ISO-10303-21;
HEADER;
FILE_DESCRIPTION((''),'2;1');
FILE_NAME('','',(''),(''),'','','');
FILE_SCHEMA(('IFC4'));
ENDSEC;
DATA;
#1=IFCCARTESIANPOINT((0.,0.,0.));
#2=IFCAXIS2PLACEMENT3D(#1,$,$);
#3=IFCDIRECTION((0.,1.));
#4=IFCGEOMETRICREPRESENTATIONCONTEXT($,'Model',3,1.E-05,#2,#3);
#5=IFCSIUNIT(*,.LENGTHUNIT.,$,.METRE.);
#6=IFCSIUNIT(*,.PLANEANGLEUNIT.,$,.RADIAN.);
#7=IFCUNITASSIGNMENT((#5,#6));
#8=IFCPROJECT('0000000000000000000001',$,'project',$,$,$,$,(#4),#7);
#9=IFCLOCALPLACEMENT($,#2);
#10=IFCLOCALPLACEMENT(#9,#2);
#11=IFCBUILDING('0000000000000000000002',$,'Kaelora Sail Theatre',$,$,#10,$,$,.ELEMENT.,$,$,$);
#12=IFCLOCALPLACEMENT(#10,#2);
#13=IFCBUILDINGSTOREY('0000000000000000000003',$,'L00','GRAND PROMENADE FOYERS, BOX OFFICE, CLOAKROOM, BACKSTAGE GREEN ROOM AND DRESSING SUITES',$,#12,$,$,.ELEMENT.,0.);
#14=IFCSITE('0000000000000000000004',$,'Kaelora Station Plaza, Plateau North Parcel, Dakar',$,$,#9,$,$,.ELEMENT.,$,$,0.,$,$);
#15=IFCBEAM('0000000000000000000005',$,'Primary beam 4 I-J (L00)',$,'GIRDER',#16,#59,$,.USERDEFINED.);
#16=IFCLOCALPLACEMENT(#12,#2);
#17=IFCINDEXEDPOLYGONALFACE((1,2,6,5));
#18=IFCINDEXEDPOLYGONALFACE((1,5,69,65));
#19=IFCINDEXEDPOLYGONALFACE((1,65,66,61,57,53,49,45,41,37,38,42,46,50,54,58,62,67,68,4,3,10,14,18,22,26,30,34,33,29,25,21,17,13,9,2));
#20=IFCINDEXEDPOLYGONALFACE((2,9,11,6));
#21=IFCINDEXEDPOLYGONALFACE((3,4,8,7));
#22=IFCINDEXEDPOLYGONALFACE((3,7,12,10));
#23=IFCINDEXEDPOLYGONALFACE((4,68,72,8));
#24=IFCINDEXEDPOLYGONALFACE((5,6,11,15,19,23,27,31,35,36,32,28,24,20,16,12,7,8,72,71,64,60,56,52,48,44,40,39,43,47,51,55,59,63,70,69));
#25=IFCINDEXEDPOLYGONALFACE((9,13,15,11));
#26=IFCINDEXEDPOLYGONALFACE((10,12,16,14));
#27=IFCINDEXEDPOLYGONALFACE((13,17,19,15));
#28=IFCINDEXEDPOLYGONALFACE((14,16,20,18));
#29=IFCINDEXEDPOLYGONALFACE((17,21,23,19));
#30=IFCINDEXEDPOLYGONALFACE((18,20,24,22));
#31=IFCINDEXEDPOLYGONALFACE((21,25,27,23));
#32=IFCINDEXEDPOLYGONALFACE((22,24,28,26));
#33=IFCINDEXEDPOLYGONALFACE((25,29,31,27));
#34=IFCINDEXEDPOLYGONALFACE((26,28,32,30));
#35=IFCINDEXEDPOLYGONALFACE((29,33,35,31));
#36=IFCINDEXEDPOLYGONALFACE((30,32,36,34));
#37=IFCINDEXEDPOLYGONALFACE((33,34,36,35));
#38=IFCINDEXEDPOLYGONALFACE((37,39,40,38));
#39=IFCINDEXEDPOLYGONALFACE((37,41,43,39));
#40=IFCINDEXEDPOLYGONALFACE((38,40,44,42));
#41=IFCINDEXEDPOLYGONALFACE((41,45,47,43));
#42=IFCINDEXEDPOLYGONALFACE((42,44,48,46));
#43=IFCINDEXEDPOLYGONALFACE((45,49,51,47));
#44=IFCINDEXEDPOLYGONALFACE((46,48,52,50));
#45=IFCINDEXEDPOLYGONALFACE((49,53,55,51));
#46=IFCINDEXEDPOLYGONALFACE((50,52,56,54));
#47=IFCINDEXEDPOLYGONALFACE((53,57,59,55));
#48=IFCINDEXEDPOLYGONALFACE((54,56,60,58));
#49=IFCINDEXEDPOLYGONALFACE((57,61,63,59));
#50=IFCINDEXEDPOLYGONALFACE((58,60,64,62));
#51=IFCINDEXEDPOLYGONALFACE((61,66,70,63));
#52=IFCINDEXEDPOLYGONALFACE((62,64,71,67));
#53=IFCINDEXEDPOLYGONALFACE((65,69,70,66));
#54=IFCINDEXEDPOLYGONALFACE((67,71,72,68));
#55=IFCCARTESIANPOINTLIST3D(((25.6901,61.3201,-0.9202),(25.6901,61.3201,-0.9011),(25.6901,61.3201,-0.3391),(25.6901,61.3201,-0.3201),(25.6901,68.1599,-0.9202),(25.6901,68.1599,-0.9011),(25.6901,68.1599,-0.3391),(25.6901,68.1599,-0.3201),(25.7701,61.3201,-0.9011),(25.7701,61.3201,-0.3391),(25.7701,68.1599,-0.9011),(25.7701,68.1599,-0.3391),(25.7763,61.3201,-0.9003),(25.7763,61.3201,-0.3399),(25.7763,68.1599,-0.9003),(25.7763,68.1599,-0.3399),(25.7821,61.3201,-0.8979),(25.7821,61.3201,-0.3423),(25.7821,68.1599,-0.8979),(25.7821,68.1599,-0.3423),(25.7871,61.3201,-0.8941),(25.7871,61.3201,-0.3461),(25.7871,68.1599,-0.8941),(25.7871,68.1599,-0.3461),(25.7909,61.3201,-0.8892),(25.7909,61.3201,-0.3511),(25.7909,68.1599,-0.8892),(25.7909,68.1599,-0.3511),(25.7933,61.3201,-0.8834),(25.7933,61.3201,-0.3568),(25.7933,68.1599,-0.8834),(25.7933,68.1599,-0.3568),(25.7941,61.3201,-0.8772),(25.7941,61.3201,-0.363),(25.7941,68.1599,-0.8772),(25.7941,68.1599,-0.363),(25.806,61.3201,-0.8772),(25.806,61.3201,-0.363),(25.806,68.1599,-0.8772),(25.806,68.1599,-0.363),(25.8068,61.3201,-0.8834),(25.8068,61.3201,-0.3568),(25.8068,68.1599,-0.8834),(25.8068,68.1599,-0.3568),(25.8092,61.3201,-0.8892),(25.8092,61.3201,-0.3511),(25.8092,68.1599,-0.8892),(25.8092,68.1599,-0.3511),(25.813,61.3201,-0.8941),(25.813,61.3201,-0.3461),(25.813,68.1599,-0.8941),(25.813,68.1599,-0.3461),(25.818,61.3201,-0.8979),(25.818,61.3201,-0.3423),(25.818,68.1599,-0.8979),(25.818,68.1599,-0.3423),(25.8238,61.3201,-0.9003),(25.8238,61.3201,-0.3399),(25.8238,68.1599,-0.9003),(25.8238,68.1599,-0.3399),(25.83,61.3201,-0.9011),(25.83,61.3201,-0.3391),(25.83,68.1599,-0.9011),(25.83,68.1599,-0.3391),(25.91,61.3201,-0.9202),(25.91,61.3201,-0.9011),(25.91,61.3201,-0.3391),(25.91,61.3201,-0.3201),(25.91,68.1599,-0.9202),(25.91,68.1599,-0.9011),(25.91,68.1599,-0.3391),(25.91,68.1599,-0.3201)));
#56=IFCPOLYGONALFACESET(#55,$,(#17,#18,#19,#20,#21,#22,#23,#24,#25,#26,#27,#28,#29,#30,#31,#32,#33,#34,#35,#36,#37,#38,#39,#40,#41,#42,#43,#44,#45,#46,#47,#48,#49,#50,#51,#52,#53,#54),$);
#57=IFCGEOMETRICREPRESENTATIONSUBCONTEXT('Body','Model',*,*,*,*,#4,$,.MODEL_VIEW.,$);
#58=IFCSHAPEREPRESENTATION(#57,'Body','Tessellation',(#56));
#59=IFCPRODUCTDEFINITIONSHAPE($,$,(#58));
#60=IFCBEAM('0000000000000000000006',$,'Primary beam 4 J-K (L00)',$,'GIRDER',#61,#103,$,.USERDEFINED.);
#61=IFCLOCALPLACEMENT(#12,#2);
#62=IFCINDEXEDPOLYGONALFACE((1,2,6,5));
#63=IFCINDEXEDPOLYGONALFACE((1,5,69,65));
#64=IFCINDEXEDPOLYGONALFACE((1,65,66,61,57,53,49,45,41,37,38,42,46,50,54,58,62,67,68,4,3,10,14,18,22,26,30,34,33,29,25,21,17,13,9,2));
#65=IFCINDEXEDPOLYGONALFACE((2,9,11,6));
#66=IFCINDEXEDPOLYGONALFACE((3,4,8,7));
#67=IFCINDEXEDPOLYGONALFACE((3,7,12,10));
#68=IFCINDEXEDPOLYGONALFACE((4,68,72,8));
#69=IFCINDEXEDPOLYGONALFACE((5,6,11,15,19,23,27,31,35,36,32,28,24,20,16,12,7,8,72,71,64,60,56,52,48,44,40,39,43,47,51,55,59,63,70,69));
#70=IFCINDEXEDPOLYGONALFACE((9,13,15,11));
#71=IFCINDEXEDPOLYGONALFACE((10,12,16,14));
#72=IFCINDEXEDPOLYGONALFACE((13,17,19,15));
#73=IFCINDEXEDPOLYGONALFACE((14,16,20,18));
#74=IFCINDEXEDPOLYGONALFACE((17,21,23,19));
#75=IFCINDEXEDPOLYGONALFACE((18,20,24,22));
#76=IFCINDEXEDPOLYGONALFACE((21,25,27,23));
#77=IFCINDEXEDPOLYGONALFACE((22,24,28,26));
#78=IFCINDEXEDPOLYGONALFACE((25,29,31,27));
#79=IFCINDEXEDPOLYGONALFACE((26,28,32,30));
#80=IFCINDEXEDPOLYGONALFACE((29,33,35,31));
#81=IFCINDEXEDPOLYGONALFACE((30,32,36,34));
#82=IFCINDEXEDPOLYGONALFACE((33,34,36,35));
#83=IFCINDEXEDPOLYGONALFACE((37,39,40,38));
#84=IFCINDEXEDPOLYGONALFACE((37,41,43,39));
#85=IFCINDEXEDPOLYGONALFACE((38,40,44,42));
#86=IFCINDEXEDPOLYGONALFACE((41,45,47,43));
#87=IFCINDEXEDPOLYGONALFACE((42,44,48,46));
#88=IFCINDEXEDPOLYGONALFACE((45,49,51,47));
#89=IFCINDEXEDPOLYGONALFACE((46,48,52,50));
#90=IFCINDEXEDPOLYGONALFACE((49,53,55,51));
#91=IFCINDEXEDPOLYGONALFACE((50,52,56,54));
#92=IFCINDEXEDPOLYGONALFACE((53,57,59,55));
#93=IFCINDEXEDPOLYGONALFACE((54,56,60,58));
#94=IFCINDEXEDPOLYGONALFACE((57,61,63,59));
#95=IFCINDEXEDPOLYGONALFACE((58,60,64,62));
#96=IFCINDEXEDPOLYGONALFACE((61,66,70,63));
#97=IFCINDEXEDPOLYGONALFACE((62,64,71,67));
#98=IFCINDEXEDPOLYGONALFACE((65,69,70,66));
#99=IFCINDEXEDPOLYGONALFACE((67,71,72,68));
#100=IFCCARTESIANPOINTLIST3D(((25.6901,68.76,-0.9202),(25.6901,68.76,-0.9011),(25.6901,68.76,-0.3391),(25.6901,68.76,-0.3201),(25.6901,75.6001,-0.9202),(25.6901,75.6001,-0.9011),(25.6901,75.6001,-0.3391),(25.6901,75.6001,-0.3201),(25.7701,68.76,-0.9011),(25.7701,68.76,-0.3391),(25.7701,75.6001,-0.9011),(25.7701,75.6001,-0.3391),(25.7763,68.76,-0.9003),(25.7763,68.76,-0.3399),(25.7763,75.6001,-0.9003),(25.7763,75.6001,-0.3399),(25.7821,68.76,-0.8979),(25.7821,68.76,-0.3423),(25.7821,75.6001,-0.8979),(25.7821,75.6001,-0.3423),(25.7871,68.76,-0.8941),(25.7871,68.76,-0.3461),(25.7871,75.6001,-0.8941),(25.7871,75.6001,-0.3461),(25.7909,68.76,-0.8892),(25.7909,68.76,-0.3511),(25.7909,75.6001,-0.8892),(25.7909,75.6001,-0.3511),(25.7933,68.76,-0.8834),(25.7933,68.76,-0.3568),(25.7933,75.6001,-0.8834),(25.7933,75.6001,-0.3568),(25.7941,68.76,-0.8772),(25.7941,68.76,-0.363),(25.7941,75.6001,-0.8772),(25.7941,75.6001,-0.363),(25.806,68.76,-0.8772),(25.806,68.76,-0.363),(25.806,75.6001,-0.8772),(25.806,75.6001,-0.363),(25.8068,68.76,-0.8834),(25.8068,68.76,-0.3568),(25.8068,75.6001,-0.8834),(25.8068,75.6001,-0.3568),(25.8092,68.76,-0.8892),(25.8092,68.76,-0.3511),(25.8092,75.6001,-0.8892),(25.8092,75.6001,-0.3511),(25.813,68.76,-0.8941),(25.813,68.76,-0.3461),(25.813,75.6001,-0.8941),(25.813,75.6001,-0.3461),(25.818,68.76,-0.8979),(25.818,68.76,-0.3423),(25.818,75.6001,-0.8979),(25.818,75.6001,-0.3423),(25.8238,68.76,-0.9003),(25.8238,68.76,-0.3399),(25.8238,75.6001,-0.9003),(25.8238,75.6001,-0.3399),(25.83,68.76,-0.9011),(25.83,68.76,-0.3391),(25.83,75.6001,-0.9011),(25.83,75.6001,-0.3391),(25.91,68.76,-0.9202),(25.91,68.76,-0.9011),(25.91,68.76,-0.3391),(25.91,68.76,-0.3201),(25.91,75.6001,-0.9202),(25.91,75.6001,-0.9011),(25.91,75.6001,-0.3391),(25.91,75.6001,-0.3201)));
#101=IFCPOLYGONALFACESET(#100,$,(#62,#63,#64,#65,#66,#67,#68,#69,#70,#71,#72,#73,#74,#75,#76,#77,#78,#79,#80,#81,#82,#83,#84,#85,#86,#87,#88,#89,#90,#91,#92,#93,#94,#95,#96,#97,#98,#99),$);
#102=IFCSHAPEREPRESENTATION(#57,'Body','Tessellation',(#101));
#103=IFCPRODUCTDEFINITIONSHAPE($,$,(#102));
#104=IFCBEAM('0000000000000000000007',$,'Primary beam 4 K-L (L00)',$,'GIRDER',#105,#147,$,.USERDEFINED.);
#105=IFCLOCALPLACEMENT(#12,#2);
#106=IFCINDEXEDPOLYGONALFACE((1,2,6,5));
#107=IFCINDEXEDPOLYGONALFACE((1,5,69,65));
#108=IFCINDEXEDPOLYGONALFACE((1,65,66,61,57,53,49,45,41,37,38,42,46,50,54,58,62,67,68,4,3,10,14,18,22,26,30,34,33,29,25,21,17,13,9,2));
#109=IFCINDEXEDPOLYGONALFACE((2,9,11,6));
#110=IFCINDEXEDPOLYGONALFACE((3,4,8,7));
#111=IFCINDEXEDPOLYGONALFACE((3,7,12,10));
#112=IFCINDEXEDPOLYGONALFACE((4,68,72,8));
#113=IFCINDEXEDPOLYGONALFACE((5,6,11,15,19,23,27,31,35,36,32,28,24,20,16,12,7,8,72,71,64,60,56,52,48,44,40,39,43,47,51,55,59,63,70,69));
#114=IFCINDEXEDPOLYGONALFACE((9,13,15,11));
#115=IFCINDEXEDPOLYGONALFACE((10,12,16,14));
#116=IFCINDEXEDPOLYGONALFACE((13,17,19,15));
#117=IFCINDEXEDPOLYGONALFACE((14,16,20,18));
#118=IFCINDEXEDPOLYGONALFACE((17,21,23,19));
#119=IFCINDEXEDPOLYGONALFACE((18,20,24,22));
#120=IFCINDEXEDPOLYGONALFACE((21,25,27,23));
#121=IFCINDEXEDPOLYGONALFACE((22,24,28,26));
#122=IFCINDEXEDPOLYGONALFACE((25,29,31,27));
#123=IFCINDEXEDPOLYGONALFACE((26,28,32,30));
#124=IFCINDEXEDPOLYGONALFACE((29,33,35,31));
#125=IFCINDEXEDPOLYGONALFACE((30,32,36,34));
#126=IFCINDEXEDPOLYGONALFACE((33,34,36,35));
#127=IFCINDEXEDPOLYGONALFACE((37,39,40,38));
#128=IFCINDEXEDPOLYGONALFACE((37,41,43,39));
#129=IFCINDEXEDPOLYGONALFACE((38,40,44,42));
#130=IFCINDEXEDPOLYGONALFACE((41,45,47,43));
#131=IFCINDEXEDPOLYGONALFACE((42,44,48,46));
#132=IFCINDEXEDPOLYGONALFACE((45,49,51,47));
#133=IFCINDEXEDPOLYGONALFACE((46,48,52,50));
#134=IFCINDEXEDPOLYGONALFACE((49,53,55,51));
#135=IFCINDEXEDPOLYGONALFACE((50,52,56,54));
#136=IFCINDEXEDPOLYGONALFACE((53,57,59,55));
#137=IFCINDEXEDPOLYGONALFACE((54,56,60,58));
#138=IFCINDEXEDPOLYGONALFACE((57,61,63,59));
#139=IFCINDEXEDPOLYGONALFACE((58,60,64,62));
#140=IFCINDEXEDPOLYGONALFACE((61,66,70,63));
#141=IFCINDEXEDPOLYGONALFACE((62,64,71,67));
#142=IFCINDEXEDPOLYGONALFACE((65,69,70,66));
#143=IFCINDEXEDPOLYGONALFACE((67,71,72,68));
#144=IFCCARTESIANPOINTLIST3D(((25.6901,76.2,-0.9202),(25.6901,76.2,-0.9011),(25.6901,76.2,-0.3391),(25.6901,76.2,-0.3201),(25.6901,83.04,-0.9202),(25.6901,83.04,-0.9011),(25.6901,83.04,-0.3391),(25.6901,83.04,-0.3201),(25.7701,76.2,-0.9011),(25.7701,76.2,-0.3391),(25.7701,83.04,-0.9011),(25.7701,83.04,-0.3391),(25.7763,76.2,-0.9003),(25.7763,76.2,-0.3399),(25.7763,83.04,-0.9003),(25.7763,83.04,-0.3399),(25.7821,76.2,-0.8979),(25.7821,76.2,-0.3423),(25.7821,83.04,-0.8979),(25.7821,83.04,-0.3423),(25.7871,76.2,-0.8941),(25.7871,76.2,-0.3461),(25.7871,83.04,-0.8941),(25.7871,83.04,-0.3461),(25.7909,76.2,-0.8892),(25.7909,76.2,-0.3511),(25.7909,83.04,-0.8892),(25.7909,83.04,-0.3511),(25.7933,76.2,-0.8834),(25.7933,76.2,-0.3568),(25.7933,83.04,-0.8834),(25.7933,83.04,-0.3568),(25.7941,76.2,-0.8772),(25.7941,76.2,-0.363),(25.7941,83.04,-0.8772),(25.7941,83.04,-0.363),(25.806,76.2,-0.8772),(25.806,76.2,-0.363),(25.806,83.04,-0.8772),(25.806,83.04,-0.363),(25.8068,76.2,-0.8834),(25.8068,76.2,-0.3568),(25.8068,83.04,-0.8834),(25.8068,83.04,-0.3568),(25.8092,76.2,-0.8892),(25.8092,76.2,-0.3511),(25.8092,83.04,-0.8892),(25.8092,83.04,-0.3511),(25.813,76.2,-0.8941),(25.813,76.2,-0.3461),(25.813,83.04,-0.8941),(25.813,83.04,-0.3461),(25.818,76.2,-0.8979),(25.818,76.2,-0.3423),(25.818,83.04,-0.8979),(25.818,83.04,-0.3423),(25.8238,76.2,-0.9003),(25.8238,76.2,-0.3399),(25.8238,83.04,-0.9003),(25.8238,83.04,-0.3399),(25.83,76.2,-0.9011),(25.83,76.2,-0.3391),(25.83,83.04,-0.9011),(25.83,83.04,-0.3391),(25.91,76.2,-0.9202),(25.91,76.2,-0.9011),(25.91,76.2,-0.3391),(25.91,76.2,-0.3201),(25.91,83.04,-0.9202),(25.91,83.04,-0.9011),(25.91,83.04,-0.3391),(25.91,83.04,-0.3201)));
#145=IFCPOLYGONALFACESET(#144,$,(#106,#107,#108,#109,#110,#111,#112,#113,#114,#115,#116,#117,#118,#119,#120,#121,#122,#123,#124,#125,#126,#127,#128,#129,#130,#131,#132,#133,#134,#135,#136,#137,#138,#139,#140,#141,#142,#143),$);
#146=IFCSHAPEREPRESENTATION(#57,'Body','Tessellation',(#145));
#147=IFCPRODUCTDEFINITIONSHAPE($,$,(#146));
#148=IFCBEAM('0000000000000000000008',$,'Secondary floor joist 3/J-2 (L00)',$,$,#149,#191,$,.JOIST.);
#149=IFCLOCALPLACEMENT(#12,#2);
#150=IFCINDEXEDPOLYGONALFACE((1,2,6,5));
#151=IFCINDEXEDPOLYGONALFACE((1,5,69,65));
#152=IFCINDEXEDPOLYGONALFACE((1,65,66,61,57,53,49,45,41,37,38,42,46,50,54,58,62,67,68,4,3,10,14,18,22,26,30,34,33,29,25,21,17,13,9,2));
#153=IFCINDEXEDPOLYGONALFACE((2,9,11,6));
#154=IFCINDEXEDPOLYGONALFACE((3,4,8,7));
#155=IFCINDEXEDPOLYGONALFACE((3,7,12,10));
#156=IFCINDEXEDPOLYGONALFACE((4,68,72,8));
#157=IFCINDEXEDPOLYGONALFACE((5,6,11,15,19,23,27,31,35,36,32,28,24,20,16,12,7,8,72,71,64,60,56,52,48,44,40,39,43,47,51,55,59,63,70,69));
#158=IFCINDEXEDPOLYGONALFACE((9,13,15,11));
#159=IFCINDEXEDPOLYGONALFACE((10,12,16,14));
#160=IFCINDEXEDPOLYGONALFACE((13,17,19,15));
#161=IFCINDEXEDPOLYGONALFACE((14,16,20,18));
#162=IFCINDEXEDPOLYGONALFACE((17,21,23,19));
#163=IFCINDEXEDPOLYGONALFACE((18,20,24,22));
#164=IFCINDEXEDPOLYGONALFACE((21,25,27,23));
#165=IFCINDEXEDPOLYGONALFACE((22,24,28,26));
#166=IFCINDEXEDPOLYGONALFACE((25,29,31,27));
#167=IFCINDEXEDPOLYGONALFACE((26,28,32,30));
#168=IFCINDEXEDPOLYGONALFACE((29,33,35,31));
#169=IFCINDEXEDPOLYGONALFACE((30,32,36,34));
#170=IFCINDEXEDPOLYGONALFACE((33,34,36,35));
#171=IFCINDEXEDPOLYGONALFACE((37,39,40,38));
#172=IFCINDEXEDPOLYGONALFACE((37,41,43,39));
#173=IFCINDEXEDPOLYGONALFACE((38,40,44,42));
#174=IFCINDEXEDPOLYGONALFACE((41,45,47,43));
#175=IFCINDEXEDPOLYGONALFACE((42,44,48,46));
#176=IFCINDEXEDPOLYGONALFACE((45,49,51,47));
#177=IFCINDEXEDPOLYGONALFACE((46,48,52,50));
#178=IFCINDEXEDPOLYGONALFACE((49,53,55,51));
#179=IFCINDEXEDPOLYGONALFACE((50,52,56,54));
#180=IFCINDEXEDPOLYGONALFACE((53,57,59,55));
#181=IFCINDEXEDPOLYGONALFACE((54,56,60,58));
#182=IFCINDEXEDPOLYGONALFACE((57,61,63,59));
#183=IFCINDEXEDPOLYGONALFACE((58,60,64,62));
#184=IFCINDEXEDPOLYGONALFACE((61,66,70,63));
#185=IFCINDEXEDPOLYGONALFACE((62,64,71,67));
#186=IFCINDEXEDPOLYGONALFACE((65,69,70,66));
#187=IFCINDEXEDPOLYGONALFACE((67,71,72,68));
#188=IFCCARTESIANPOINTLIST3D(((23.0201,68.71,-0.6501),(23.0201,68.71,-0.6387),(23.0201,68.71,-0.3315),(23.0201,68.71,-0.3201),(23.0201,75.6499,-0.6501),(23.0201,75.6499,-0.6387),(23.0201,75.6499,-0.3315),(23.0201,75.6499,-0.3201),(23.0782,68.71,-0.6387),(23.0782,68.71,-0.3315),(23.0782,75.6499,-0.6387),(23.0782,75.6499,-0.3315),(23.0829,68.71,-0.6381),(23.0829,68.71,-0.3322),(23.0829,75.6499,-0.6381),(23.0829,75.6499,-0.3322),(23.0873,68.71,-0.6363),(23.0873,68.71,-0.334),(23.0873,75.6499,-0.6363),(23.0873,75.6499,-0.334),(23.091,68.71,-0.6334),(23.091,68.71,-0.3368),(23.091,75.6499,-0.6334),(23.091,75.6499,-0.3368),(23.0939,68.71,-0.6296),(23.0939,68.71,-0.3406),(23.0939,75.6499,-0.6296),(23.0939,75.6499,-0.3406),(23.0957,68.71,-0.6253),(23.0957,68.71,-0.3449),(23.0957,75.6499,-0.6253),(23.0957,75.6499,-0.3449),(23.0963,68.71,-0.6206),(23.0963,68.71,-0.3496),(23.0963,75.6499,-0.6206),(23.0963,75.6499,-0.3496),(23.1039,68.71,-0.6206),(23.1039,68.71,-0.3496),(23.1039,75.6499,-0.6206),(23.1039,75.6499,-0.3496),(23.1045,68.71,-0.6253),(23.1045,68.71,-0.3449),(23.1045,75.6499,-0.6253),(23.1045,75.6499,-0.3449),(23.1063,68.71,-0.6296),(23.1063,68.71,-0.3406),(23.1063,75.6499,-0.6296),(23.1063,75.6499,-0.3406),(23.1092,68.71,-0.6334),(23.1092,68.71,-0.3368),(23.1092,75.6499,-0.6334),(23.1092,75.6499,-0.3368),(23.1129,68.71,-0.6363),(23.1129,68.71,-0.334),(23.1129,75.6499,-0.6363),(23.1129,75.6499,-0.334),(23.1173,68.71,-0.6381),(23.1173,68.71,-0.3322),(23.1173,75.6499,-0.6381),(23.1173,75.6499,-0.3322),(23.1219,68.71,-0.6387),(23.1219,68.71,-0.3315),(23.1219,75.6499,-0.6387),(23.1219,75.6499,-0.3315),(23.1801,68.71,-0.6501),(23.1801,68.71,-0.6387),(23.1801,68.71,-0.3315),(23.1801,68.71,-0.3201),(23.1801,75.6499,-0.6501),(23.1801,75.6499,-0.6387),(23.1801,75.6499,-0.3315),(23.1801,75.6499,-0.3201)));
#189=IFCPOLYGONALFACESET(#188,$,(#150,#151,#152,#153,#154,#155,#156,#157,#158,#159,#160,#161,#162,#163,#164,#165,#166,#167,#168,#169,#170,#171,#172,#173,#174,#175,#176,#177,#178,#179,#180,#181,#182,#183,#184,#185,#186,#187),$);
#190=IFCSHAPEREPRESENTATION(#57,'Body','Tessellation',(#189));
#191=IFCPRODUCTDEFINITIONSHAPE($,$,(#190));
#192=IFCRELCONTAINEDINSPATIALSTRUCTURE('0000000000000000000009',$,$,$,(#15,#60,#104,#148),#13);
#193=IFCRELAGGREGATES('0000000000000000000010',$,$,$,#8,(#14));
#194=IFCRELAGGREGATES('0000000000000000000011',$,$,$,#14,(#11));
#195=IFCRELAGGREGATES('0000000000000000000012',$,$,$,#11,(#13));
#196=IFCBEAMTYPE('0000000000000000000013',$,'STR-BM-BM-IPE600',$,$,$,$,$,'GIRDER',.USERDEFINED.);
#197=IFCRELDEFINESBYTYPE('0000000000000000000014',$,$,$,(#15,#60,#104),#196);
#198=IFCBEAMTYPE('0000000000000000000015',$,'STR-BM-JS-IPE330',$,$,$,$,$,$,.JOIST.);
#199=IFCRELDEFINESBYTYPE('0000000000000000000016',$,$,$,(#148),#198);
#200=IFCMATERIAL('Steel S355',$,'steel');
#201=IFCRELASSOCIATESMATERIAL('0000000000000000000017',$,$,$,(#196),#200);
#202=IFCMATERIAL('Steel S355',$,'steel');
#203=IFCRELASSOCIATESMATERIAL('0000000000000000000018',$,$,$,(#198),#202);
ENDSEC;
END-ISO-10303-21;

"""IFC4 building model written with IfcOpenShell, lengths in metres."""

from ifc_helpers import new_model, si_unit, direction, frame, origin, origin_2d, place, context, subcontext, project, spatial, i_section, extrude, material, material_profile, profile_set, type_object, element, save


model = new_model("IFC4")

# Units and contexts
model_context = context("Model", 3, precision=1e-05, world=origin(), true_north=direction((0.0, 1.0)))
body_context = subcontext(model_context, "Body", "Model", "MODEL_VIEW")
ifc_project = project(units=[si_unit("LENGTHUNIT", "METRE"), si_unit("PLANEANGLEUNIT", "RADIAN")], contexts=[model_context])

# Site, building, storey
site_placement = place(None, origin())
site = spatial("IfcSite", under=ifc_project, at=site_placement, Name="Kaelora Station Plaza, Plateau North Parcel, Dakar", CompositionType="ELEMENT", RefElevation=0.0)
building_placement = place(site_placement, origin())
building = spatial("IfcBuilding", under=site, at=building_placement, Name="Kaelora Sail Theatre", CompositionType="ELEMENT")
storey_placement = place(building_placement, origin())
storey = spatial("IfcBuildingStorey", under=building, at=storey_placement, Name="L00", Description="GRAND PROMENADE FOYERS, BOX OFFICE, CLOAKROOM, BACKSTAGE GREEN ROOM AND DRESSING SUITES", CompositionType="ELEMENT", Elevation=0.0)

# Beams
ifc_material_1 = material(Name="Steel S355", Category="steel")
ifc_material_profile_1 = material_profile(ifc_material_1, i_section(OverallWidth=0.22, OverallDepth=0.6001, WebThickness=0.012, FlangeThickness=0.019, FilletRadius=0.0239, at=origin_2d()), Name="IPE 600")
ifc_profile_set_1 = profile_set([ifc_material_profile_1], Name="Steel S355")
beam_type_1 = type_object("IfcBeamType", Name="STR-BM-BM-IPE600", ElementType="GIRDER", PredefinedType="USERDEFINED", material=ifc_profile_set_1)
beam_1_placement = place(storey_placement, frame((25.8, 61.3201, -0.6201), z_axis=(0.0, 1.0, 0.0), x_axis=(-1.0, 0.0, 0.0)))
element("IfcBeam", 1, at=beam_1_placement, inside=storey, type_object=beam_type_1, Name="Primary beam 4 I-J (L00)", ObjectType="GIRDER", PredefinedType="USERDEFINED", context=body_context, shape_type="SweptSolid", body=[
    extrude(i_section(OverallWidth=0.22, OverallDepth=0.6001, WebThickness=0.012, FlangeThickness=0.019, FilletRadius=0.0239, at=origin_2d()), origin(), (0.0, 0.0, 1.0), 6.8398),
])
for number, where, z_axis, x_axis, name in (
    (2, (25.8, 68.76, -0.6201), (0.0, 1.0, 0.0), (-1.0, 0.0, 0.0), "Primary beam 4 J-K (L00)"),
    (3, (25.8, 76.2, -0.6201), (0.0, 1.0, 0.0), (-1.0, 0.0, 0.0), "Primary beam 4 K-L (L00)"),
):
    element("IfcBeam", number, at=place(storey_placement, frame(where, z_axis=z_axis, x_axis=x_axis)), inside=storey, type_object=beam_type_1, Name=name, ObjectType="GIRDER", PredefinedType="USERDEFINED", context=body_context, shape_type="SweptSolid", body=[
        extrude(i_section(OverallWidth=0.22, OverallDepth=0.6001, WebThickness=0.012, FlangeThickness=0.019, FilletRadius=0.0239, at=origin_2d()), origin(), (0.0, 0.0, 1.0), 6.8401),
    ])
ifc_material_2 = material(Name="Steel S355", Category="steel")
ifc_material_profile_2 = material_profile(ifc_material_2, i_section(OverallWidth=0.1599, OverallDepth=0.3301, WebThickness=0.0076, FlangeThickness=0.0115, FilletRadius=0.0181, at=origin_2d()), Name="IPE 330")
ifc_profile_set_2 = profile_set([ifc_material_profile_2], Name="Steel S355")
beam_type_2 = type_object("IfcBeamType", Name="STR-BM-JS-IPE330", PredefinedType="JOIST", material=ifc_profile_set_2)
beam_2_placement = place(storey_placement, frame((23.1001, 68.71, -0.4851), z_axis=(0.0, 1.0, 0.0), x_axis=(-1.0, 0.0, 0.0)))
element("IfcBeam", 4, at=beam_2_placement, inside=storey, type_object=beam_type_2, Name="Secondary floor joist 3/J-2 (L00)", PredefinedType="JOIST", context=body_context, shape_type="SweptSolid", body=[
    extrude(i_section(OverallWidth=0.1599, OverallDepth=0.3301, WebThickness=0.0076, FlangeThickness=0.0115, FilletRadius=0.0181, at=origin_2d()), origin(), (0.0, 0.0, 1.0), 6.9399),
])

save(model, "model.ifc")
